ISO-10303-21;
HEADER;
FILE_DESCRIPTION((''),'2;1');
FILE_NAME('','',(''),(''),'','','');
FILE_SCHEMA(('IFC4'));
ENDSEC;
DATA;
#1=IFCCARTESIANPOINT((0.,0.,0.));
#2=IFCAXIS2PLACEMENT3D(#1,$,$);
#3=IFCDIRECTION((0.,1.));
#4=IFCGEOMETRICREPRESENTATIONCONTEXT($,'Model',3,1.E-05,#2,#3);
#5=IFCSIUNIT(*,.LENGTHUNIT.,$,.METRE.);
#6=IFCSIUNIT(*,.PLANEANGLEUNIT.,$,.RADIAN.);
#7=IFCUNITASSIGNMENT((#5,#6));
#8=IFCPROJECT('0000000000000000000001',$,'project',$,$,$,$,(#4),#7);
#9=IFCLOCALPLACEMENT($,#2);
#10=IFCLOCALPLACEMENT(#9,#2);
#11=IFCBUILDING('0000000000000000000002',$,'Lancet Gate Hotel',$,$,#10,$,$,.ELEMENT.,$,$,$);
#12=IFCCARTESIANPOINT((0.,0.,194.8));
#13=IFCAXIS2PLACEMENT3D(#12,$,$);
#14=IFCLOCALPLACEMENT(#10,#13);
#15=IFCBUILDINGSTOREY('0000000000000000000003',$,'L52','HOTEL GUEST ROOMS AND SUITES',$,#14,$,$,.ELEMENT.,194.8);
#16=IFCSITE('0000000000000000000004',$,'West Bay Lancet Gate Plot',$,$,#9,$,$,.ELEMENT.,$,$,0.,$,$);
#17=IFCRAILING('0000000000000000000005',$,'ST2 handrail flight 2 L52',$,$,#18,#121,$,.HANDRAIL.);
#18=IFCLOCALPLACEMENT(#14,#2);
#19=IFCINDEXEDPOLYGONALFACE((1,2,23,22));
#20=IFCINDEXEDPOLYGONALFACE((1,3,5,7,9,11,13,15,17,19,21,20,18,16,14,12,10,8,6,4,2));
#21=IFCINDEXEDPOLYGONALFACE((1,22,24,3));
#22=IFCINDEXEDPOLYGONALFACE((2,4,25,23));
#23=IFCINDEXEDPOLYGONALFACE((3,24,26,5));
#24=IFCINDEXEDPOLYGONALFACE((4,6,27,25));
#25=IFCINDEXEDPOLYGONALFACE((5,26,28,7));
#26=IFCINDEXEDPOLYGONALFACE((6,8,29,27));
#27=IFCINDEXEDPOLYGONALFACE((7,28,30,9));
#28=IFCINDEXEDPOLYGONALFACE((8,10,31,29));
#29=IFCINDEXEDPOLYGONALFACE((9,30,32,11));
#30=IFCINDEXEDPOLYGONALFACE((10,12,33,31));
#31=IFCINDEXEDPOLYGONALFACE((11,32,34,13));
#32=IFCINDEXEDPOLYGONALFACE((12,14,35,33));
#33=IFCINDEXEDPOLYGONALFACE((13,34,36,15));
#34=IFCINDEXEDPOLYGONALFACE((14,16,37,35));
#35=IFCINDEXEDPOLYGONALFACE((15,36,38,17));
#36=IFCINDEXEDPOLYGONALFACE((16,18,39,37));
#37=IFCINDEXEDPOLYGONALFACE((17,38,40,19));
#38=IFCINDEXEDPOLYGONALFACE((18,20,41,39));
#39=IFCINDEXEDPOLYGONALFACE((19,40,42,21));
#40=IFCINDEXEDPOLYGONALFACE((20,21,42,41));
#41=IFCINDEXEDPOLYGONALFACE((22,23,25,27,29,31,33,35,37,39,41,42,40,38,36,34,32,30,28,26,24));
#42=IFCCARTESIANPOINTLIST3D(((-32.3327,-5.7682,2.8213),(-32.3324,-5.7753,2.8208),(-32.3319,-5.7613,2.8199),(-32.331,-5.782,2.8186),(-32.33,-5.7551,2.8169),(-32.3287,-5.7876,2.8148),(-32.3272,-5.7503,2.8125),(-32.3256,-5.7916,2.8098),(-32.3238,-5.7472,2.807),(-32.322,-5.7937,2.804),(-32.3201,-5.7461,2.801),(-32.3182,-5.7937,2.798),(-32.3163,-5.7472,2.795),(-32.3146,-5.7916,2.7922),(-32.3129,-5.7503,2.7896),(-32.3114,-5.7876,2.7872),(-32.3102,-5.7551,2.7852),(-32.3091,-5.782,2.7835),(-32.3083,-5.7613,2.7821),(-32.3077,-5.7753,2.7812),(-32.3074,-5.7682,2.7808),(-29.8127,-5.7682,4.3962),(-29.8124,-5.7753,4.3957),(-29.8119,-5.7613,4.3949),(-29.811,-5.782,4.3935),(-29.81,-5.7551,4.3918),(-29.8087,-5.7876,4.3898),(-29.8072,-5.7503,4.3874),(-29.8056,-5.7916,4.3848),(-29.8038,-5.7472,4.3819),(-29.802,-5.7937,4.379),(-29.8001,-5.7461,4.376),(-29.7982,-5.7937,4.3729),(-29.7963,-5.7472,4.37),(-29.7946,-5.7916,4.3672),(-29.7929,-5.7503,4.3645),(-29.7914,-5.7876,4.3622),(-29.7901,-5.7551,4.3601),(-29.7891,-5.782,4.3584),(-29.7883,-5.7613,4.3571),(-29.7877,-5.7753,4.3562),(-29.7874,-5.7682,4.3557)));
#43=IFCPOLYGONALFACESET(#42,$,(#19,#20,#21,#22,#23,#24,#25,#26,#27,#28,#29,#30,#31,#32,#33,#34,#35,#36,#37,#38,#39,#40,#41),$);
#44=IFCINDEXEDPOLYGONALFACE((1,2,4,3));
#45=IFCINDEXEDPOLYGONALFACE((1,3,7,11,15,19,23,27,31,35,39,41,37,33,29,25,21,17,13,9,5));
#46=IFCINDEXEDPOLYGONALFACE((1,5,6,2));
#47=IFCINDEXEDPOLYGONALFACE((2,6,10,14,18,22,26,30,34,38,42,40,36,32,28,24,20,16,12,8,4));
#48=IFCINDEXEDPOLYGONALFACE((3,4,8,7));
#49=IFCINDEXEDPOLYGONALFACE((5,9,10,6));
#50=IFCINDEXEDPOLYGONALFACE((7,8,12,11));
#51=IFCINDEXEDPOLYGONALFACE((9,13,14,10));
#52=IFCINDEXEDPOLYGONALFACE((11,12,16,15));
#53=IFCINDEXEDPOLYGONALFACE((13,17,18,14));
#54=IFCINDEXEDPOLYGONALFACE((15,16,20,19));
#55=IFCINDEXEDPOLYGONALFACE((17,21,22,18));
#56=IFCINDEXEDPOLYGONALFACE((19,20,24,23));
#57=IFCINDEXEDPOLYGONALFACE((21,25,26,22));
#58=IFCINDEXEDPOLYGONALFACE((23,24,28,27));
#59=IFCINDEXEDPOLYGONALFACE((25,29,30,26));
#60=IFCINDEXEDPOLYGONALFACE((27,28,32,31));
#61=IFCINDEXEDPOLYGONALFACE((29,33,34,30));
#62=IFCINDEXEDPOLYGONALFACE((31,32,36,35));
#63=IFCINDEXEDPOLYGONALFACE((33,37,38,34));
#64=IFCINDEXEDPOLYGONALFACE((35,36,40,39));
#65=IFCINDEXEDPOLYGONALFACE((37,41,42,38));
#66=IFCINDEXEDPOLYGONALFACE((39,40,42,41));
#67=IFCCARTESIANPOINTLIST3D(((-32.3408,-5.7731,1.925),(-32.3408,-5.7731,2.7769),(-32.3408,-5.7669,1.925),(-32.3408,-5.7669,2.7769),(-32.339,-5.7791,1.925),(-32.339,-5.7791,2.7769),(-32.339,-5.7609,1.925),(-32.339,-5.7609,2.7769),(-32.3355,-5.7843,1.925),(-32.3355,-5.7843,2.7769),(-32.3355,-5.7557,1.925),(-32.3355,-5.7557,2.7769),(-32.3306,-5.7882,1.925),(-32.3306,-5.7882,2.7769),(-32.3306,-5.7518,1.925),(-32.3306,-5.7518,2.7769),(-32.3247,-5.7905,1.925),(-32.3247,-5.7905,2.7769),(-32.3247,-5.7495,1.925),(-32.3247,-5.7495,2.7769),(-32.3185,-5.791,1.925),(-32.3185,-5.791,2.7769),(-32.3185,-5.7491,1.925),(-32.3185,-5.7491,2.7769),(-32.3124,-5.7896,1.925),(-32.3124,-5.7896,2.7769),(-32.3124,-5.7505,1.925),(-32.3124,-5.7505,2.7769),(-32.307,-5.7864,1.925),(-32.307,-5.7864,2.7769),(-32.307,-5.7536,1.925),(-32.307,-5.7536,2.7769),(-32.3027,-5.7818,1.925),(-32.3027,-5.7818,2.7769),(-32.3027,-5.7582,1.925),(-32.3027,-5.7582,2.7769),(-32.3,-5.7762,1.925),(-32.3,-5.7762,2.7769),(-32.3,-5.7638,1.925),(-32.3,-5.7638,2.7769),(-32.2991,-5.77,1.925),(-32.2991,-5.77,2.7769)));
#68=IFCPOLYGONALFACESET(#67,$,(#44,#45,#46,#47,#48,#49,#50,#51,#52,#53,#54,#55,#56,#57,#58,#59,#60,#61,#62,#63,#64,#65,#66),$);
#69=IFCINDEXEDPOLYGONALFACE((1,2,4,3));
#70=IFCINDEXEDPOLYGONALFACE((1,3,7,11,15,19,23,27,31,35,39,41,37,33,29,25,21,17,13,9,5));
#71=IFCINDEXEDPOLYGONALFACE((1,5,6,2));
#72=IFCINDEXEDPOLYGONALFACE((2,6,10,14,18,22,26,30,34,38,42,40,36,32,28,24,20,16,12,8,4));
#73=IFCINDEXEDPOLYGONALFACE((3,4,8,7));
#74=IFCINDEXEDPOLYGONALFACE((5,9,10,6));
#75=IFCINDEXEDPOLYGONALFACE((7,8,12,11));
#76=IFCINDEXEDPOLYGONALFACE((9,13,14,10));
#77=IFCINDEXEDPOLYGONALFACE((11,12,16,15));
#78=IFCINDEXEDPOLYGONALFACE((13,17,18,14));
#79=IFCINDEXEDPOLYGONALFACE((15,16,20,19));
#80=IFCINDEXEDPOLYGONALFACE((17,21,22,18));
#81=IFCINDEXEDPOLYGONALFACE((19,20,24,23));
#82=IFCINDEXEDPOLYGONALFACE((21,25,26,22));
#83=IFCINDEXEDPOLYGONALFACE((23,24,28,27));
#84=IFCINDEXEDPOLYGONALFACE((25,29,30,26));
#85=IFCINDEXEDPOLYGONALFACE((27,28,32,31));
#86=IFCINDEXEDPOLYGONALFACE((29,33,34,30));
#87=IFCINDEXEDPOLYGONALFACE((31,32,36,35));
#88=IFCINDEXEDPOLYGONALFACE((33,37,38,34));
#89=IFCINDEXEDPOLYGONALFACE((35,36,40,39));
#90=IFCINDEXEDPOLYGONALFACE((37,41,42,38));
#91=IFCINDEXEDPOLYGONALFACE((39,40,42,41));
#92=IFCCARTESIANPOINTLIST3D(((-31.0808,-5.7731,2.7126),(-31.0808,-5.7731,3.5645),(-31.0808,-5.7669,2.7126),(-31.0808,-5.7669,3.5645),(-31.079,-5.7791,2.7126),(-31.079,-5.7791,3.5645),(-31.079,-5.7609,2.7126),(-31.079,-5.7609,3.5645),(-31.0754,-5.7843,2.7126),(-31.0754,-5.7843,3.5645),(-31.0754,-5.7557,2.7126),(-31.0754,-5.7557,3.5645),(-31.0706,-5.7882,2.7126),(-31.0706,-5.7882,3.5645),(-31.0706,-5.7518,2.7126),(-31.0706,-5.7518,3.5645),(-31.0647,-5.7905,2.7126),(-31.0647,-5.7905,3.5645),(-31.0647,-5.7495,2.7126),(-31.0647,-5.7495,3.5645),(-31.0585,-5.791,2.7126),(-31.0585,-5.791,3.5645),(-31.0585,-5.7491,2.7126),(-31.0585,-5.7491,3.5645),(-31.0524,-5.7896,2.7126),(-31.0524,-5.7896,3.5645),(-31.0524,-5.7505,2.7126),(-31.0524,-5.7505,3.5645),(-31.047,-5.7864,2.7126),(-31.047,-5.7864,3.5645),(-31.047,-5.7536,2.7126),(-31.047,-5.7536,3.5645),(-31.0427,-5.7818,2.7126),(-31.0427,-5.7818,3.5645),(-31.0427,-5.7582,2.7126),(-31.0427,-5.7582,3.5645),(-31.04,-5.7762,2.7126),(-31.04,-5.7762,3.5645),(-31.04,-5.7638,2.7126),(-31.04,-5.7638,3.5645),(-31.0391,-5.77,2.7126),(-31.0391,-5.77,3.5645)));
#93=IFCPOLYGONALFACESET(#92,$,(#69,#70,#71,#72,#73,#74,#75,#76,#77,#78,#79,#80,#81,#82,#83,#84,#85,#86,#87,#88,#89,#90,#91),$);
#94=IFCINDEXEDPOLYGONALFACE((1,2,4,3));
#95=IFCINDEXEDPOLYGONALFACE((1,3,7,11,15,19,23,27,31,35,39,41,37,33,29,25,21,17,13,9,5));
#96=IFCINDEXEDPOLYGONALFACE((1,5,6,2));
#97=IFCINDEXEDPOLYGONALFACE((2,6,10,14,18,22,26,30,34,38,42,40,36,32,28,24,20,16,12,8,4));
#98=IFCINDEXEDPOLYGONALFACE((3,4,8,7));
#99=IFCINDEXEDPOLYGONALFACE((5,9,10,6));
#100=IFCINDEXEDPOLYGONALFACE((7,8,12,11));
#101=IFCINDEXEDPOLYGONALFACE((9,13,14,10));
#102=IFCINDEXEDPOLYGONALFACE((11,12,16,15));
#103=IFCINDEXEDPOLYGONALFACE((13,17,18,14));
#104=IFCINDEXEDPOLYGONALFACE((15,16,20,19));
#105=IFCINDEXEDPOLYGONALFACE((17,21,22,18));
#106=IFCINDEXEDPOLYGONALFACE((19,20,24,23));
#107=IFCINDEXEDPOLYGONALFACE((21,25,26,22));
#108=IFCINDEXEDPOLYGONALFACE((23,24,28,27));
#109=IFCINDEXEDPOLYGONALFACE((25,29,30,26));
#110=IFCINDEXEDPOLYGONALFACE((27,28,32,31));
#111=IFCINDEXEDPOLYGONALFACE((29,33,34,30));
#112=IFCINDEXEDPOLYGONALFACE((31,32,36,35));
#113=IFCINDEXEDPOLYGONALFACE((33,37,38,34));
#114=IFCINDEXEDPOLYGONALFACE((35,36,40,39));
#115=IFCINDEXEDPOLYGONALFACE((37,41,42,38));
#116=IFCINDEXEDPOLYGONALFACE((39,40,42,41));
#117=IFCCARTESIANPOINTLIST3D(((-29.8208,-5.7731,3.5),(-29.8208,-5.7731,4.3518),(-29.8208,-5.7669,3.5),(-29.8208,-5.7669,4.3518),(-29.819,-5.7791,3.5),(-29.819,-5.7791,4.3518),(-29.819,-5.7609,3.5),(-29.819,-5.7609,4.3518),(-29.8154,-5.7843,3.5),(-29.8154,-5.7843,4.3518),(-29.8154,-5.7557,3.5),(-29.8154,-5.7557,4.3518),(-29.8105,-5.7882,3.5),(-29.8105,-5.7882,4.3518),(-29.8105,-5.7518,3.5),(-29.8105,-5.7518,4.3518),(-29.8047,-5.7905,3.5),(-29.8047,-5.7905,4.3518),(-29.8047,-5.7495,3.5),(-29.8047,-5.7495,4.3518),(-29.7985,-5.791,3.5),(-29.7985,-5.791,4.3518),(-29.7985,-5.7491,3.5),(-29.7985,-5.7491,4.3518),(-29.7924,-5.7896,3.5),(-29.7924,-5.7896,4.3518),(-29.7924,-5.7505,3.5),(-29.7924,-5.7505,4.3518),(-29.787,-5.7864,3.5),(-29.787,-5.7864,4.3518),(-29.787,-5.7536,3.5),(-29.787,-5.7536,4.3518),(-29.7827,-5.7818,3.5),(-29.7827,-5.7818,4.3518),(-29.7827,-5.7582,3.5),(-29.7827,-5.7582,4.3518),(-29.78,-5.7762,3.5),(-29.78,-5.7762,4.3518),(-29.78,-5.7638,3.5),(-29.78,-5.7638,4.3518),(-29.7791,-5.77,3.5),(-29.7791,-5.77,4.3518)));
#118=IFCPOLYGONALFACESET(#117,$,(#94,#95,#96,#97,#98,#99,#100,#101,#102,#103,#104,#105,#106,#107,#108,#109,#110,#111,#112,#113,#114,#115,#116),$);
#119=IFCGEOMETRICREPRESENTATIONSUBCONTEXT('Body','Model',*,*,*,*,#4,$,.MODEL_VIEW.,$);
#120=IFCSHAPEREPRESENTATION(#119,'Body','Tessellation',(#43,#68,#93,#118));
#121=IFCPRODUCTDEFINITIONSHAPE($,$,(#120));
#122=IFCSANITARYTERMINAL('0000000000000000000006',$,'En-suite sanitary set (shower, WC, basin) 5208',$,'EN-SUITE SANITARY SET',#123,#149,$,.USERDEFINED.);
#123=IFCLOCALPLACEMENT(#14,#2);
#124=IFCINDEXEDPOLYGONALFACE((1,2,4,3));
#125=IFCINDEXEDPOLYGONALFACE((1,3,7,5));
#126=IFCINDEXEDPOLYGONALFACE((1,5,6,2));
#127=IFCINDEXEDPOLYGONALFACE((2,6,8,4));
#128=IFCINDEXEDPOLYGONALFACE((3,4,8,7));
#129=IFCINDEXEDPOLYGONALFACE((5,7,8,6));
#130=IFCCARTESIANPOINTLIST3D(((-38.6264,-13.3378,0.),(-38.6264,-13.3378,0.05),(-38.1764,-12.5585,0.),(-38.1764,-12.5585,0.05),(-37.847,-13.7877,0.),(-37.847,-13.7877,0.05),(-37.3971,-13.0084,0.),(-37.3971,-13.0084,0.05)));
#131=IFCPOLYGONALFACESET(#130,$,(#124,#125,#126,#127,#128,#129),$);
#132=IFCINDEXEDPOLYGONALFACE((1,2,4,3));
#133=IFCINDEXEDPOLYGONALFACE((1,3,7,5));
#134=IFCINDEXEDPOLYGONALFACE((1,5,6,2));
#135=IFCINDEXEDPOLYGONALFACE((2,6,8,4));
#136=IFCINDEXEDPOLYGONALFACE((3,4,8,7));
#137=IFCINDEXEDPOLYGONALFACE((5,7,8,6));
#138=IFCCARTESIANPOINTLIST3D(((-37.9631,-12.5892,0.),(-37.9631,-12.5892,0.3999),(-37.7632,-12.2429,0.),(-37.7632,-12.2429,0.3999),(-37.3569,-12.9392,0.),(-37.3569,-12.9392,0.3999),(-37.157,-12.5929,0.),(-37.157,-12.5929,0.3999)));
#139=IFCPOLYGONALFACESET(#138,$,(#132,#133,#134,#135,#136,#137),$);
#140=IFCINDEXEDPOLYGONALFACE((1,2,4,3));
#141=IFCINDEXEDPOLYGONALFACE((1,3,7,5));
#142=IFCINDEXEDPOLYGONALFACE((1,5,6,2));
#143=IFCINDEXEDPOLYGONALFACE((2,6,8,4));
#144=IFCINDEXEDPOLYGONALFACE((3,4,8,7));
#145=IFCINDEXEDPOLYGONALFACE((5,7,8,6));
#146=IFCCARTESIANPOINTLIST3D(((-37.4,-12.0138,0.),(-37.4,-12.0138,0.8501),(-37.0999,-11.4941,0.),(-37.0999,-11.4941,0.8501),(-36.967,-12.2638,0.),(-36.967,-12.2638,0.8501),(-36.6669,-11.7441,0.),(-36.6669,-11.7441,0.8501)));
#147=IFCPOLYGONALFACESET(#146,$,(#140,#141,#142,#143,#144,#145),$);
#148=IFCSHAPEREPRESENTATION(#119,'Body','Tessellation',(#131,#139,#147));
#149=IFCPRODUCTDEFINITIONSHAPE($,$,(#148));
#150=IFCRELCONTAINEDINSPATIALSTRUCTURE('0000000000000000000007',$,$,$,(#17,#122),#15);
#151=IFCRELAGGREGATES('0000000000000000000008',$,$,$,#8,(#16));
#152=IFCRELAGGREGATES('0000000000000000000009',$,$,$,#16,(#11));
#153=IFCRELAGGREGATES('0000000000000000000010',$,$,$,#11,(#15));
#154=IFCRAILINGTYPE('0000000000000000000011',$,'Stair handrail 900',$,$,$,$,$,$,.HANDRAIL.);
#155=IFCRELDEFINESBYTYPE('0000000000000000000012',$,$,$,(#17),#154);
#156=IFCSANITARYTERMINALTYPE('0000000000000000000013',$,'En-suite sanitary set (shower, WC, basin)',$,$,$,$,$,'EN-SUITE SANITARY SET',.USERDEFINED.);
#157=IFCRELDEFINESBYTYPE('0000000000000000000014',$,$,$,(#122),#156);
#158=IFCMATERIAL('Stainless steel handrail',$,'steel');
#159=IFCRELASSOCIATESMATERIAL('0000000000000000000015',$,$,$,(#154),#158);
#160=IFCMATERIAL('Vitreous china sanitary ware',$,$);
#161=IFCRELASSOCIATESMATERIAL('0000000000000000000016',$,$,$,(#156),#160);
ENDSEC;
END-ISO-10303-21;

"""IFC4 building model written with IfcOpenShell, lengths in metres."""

from ifc_helpers import new_model, si_unit, direction, frame, origin, origin_2d, place, context, subcontext, project, spatial, rectangle, circle, extrude, material, type_object, element, save


model = new_model("IFC4")

# Units and contexts
model_context = context("Model", 3, precision=1e-05, world=origin(), true_north=direction((0.0, 1.0)))
body_context = subcontext(model_context, "Body", "Model", "MODEL_VIEW")
ifc_project = project(units=[si_unit("LENGTHUNIT", "METRE"), si_unit("PLANEANGLEUNIT", "RADIAN")], contexts=[model_context])

# Site, building, storey
site_placement = place(None, origin())
site = spatial("IfcSite", under=ifc_project, at=site_placement, Name="West Bay Lancet Gate Plot", CompositionType="ELEMENT", RefElevation=0.0)
building_placement = place(site_placement, origin())
building = spatial("IfcBuilding", under=site, at=building_placement, Name="Lancet Gate Hotel", CompositionType="ELEMENT")
storey_placement = place(building_placement, frame((0.0, 0.0, 194.8)))
storey = spatial("IfcBuildingStorey", under=building, at=storey_placement, Name="L52", Description="HOTEL GUEST ROOMS AND SUITES", CompositionType="ELEMENT", Elevation=194.8)

# Railing
ifc_material_1 = material(Name="Stainless steel handrail", Category="steel")
railing_type = type_object("IfcRailingType", Name="Stair handrail 900", PredefinedType="HANDRAIL", material=ifc_material_1)
railing_placement = place(storey_placement, frame((-32.3201, -5.77, 1.925)))
element("IfcRailing", 1, at=railing_placement, inside=storey, type_object=railing_type, Name="ST2 handrail flight 2 L52", PredefinedType="HANDRAIL", context=body_context, shape_type="SweptSolid", body=[
    extrude(circle(Radius=0.0239, at=origin_2d()), frame((0.0, 0.0, 0.876), z_axis=(0.848008, 0.0, 0.529984), x_axis=(0.0, 1.0, 0.0)), (0.0, 0.0, 1.0), 2.9717),
    extrude(circle(Radius=0.021, at=origin_2d()), origin(), (0.0, 0.0, 1.0), 0.8518),
    extrude(circle(Radius=0.021, at=origin_2d()), frame((1.26, 0.0, 0.7876)), (0.0, 0.0, 1.0), 0.8518),
    extrude(circle(Radius=0.021, at=origin_2d()), frame((2.52, 0.0, 1.575)), (0.0, 0.0, 1.0), 0.8518),
])

# Sanitary terminal
ifc_material_2 = material(Name="Vitreous china sanitary ware")
sanitary_terminal_type = type_object("IfcSanitaryTerminalType", Name="En-suite sanitary set (shower, WC, basin)", ElementType="EN-SUITE SANITARY SET", PredefinedType="USERDEFINED", material=ifc_material_2)
sanitary_terminal_placement = place(storey_placement, frame((-38.0117, -13.1731, 0.0), z_axis=(0.0, 0.0, 1.0), x_axis=(1.0, 0.0, 0.0)))
element("IfcSanitaryTerminal", 2, at=sanitary_terminal_placement, inside=storey, type_object=sanitary_terminal_type, Name="En-suite sanitary set (shower, WC, basin) 5208", ObjectType="EN-SUITE SANITARY SET", PredefinedType="USERDEFINED", context=body_context, shape_type="SweptSolid", body=[
    extrude(rectangle(XDim=0.8999, YDim=0.8999, at=origin_2d()), frame((0.0, 0.0, 0.0), z_axis=(0.0, 0.0, 1.0), x_axis=(-0.5, -0.866025, 0.0)), (0.0, 0.0, 1.0), 0.05),
    extrude(rectangle(XDim=0.3999, YDim=0.7, at=origin_2d()), frame((0.4517, 0.582, 0.0), z_axis=(0.0, 0.0, 1.0), x_axis=(-0.5, -0.866025, 0.0)), (0.0, 0.0, 1.0), 0.3999),
    extrude(rectangle(XDim=0.6001, YDim=0.5, at=origin_2d()), frame((0.9783, 1.2942, 0.0), z_axis=(0.0, 0.0, 1.0), x_axis=(-0.5, -0.866025, 0.0)), (0.0, 0.0, 1.0), 0.8501),
])

save(model, "model.ifc")
